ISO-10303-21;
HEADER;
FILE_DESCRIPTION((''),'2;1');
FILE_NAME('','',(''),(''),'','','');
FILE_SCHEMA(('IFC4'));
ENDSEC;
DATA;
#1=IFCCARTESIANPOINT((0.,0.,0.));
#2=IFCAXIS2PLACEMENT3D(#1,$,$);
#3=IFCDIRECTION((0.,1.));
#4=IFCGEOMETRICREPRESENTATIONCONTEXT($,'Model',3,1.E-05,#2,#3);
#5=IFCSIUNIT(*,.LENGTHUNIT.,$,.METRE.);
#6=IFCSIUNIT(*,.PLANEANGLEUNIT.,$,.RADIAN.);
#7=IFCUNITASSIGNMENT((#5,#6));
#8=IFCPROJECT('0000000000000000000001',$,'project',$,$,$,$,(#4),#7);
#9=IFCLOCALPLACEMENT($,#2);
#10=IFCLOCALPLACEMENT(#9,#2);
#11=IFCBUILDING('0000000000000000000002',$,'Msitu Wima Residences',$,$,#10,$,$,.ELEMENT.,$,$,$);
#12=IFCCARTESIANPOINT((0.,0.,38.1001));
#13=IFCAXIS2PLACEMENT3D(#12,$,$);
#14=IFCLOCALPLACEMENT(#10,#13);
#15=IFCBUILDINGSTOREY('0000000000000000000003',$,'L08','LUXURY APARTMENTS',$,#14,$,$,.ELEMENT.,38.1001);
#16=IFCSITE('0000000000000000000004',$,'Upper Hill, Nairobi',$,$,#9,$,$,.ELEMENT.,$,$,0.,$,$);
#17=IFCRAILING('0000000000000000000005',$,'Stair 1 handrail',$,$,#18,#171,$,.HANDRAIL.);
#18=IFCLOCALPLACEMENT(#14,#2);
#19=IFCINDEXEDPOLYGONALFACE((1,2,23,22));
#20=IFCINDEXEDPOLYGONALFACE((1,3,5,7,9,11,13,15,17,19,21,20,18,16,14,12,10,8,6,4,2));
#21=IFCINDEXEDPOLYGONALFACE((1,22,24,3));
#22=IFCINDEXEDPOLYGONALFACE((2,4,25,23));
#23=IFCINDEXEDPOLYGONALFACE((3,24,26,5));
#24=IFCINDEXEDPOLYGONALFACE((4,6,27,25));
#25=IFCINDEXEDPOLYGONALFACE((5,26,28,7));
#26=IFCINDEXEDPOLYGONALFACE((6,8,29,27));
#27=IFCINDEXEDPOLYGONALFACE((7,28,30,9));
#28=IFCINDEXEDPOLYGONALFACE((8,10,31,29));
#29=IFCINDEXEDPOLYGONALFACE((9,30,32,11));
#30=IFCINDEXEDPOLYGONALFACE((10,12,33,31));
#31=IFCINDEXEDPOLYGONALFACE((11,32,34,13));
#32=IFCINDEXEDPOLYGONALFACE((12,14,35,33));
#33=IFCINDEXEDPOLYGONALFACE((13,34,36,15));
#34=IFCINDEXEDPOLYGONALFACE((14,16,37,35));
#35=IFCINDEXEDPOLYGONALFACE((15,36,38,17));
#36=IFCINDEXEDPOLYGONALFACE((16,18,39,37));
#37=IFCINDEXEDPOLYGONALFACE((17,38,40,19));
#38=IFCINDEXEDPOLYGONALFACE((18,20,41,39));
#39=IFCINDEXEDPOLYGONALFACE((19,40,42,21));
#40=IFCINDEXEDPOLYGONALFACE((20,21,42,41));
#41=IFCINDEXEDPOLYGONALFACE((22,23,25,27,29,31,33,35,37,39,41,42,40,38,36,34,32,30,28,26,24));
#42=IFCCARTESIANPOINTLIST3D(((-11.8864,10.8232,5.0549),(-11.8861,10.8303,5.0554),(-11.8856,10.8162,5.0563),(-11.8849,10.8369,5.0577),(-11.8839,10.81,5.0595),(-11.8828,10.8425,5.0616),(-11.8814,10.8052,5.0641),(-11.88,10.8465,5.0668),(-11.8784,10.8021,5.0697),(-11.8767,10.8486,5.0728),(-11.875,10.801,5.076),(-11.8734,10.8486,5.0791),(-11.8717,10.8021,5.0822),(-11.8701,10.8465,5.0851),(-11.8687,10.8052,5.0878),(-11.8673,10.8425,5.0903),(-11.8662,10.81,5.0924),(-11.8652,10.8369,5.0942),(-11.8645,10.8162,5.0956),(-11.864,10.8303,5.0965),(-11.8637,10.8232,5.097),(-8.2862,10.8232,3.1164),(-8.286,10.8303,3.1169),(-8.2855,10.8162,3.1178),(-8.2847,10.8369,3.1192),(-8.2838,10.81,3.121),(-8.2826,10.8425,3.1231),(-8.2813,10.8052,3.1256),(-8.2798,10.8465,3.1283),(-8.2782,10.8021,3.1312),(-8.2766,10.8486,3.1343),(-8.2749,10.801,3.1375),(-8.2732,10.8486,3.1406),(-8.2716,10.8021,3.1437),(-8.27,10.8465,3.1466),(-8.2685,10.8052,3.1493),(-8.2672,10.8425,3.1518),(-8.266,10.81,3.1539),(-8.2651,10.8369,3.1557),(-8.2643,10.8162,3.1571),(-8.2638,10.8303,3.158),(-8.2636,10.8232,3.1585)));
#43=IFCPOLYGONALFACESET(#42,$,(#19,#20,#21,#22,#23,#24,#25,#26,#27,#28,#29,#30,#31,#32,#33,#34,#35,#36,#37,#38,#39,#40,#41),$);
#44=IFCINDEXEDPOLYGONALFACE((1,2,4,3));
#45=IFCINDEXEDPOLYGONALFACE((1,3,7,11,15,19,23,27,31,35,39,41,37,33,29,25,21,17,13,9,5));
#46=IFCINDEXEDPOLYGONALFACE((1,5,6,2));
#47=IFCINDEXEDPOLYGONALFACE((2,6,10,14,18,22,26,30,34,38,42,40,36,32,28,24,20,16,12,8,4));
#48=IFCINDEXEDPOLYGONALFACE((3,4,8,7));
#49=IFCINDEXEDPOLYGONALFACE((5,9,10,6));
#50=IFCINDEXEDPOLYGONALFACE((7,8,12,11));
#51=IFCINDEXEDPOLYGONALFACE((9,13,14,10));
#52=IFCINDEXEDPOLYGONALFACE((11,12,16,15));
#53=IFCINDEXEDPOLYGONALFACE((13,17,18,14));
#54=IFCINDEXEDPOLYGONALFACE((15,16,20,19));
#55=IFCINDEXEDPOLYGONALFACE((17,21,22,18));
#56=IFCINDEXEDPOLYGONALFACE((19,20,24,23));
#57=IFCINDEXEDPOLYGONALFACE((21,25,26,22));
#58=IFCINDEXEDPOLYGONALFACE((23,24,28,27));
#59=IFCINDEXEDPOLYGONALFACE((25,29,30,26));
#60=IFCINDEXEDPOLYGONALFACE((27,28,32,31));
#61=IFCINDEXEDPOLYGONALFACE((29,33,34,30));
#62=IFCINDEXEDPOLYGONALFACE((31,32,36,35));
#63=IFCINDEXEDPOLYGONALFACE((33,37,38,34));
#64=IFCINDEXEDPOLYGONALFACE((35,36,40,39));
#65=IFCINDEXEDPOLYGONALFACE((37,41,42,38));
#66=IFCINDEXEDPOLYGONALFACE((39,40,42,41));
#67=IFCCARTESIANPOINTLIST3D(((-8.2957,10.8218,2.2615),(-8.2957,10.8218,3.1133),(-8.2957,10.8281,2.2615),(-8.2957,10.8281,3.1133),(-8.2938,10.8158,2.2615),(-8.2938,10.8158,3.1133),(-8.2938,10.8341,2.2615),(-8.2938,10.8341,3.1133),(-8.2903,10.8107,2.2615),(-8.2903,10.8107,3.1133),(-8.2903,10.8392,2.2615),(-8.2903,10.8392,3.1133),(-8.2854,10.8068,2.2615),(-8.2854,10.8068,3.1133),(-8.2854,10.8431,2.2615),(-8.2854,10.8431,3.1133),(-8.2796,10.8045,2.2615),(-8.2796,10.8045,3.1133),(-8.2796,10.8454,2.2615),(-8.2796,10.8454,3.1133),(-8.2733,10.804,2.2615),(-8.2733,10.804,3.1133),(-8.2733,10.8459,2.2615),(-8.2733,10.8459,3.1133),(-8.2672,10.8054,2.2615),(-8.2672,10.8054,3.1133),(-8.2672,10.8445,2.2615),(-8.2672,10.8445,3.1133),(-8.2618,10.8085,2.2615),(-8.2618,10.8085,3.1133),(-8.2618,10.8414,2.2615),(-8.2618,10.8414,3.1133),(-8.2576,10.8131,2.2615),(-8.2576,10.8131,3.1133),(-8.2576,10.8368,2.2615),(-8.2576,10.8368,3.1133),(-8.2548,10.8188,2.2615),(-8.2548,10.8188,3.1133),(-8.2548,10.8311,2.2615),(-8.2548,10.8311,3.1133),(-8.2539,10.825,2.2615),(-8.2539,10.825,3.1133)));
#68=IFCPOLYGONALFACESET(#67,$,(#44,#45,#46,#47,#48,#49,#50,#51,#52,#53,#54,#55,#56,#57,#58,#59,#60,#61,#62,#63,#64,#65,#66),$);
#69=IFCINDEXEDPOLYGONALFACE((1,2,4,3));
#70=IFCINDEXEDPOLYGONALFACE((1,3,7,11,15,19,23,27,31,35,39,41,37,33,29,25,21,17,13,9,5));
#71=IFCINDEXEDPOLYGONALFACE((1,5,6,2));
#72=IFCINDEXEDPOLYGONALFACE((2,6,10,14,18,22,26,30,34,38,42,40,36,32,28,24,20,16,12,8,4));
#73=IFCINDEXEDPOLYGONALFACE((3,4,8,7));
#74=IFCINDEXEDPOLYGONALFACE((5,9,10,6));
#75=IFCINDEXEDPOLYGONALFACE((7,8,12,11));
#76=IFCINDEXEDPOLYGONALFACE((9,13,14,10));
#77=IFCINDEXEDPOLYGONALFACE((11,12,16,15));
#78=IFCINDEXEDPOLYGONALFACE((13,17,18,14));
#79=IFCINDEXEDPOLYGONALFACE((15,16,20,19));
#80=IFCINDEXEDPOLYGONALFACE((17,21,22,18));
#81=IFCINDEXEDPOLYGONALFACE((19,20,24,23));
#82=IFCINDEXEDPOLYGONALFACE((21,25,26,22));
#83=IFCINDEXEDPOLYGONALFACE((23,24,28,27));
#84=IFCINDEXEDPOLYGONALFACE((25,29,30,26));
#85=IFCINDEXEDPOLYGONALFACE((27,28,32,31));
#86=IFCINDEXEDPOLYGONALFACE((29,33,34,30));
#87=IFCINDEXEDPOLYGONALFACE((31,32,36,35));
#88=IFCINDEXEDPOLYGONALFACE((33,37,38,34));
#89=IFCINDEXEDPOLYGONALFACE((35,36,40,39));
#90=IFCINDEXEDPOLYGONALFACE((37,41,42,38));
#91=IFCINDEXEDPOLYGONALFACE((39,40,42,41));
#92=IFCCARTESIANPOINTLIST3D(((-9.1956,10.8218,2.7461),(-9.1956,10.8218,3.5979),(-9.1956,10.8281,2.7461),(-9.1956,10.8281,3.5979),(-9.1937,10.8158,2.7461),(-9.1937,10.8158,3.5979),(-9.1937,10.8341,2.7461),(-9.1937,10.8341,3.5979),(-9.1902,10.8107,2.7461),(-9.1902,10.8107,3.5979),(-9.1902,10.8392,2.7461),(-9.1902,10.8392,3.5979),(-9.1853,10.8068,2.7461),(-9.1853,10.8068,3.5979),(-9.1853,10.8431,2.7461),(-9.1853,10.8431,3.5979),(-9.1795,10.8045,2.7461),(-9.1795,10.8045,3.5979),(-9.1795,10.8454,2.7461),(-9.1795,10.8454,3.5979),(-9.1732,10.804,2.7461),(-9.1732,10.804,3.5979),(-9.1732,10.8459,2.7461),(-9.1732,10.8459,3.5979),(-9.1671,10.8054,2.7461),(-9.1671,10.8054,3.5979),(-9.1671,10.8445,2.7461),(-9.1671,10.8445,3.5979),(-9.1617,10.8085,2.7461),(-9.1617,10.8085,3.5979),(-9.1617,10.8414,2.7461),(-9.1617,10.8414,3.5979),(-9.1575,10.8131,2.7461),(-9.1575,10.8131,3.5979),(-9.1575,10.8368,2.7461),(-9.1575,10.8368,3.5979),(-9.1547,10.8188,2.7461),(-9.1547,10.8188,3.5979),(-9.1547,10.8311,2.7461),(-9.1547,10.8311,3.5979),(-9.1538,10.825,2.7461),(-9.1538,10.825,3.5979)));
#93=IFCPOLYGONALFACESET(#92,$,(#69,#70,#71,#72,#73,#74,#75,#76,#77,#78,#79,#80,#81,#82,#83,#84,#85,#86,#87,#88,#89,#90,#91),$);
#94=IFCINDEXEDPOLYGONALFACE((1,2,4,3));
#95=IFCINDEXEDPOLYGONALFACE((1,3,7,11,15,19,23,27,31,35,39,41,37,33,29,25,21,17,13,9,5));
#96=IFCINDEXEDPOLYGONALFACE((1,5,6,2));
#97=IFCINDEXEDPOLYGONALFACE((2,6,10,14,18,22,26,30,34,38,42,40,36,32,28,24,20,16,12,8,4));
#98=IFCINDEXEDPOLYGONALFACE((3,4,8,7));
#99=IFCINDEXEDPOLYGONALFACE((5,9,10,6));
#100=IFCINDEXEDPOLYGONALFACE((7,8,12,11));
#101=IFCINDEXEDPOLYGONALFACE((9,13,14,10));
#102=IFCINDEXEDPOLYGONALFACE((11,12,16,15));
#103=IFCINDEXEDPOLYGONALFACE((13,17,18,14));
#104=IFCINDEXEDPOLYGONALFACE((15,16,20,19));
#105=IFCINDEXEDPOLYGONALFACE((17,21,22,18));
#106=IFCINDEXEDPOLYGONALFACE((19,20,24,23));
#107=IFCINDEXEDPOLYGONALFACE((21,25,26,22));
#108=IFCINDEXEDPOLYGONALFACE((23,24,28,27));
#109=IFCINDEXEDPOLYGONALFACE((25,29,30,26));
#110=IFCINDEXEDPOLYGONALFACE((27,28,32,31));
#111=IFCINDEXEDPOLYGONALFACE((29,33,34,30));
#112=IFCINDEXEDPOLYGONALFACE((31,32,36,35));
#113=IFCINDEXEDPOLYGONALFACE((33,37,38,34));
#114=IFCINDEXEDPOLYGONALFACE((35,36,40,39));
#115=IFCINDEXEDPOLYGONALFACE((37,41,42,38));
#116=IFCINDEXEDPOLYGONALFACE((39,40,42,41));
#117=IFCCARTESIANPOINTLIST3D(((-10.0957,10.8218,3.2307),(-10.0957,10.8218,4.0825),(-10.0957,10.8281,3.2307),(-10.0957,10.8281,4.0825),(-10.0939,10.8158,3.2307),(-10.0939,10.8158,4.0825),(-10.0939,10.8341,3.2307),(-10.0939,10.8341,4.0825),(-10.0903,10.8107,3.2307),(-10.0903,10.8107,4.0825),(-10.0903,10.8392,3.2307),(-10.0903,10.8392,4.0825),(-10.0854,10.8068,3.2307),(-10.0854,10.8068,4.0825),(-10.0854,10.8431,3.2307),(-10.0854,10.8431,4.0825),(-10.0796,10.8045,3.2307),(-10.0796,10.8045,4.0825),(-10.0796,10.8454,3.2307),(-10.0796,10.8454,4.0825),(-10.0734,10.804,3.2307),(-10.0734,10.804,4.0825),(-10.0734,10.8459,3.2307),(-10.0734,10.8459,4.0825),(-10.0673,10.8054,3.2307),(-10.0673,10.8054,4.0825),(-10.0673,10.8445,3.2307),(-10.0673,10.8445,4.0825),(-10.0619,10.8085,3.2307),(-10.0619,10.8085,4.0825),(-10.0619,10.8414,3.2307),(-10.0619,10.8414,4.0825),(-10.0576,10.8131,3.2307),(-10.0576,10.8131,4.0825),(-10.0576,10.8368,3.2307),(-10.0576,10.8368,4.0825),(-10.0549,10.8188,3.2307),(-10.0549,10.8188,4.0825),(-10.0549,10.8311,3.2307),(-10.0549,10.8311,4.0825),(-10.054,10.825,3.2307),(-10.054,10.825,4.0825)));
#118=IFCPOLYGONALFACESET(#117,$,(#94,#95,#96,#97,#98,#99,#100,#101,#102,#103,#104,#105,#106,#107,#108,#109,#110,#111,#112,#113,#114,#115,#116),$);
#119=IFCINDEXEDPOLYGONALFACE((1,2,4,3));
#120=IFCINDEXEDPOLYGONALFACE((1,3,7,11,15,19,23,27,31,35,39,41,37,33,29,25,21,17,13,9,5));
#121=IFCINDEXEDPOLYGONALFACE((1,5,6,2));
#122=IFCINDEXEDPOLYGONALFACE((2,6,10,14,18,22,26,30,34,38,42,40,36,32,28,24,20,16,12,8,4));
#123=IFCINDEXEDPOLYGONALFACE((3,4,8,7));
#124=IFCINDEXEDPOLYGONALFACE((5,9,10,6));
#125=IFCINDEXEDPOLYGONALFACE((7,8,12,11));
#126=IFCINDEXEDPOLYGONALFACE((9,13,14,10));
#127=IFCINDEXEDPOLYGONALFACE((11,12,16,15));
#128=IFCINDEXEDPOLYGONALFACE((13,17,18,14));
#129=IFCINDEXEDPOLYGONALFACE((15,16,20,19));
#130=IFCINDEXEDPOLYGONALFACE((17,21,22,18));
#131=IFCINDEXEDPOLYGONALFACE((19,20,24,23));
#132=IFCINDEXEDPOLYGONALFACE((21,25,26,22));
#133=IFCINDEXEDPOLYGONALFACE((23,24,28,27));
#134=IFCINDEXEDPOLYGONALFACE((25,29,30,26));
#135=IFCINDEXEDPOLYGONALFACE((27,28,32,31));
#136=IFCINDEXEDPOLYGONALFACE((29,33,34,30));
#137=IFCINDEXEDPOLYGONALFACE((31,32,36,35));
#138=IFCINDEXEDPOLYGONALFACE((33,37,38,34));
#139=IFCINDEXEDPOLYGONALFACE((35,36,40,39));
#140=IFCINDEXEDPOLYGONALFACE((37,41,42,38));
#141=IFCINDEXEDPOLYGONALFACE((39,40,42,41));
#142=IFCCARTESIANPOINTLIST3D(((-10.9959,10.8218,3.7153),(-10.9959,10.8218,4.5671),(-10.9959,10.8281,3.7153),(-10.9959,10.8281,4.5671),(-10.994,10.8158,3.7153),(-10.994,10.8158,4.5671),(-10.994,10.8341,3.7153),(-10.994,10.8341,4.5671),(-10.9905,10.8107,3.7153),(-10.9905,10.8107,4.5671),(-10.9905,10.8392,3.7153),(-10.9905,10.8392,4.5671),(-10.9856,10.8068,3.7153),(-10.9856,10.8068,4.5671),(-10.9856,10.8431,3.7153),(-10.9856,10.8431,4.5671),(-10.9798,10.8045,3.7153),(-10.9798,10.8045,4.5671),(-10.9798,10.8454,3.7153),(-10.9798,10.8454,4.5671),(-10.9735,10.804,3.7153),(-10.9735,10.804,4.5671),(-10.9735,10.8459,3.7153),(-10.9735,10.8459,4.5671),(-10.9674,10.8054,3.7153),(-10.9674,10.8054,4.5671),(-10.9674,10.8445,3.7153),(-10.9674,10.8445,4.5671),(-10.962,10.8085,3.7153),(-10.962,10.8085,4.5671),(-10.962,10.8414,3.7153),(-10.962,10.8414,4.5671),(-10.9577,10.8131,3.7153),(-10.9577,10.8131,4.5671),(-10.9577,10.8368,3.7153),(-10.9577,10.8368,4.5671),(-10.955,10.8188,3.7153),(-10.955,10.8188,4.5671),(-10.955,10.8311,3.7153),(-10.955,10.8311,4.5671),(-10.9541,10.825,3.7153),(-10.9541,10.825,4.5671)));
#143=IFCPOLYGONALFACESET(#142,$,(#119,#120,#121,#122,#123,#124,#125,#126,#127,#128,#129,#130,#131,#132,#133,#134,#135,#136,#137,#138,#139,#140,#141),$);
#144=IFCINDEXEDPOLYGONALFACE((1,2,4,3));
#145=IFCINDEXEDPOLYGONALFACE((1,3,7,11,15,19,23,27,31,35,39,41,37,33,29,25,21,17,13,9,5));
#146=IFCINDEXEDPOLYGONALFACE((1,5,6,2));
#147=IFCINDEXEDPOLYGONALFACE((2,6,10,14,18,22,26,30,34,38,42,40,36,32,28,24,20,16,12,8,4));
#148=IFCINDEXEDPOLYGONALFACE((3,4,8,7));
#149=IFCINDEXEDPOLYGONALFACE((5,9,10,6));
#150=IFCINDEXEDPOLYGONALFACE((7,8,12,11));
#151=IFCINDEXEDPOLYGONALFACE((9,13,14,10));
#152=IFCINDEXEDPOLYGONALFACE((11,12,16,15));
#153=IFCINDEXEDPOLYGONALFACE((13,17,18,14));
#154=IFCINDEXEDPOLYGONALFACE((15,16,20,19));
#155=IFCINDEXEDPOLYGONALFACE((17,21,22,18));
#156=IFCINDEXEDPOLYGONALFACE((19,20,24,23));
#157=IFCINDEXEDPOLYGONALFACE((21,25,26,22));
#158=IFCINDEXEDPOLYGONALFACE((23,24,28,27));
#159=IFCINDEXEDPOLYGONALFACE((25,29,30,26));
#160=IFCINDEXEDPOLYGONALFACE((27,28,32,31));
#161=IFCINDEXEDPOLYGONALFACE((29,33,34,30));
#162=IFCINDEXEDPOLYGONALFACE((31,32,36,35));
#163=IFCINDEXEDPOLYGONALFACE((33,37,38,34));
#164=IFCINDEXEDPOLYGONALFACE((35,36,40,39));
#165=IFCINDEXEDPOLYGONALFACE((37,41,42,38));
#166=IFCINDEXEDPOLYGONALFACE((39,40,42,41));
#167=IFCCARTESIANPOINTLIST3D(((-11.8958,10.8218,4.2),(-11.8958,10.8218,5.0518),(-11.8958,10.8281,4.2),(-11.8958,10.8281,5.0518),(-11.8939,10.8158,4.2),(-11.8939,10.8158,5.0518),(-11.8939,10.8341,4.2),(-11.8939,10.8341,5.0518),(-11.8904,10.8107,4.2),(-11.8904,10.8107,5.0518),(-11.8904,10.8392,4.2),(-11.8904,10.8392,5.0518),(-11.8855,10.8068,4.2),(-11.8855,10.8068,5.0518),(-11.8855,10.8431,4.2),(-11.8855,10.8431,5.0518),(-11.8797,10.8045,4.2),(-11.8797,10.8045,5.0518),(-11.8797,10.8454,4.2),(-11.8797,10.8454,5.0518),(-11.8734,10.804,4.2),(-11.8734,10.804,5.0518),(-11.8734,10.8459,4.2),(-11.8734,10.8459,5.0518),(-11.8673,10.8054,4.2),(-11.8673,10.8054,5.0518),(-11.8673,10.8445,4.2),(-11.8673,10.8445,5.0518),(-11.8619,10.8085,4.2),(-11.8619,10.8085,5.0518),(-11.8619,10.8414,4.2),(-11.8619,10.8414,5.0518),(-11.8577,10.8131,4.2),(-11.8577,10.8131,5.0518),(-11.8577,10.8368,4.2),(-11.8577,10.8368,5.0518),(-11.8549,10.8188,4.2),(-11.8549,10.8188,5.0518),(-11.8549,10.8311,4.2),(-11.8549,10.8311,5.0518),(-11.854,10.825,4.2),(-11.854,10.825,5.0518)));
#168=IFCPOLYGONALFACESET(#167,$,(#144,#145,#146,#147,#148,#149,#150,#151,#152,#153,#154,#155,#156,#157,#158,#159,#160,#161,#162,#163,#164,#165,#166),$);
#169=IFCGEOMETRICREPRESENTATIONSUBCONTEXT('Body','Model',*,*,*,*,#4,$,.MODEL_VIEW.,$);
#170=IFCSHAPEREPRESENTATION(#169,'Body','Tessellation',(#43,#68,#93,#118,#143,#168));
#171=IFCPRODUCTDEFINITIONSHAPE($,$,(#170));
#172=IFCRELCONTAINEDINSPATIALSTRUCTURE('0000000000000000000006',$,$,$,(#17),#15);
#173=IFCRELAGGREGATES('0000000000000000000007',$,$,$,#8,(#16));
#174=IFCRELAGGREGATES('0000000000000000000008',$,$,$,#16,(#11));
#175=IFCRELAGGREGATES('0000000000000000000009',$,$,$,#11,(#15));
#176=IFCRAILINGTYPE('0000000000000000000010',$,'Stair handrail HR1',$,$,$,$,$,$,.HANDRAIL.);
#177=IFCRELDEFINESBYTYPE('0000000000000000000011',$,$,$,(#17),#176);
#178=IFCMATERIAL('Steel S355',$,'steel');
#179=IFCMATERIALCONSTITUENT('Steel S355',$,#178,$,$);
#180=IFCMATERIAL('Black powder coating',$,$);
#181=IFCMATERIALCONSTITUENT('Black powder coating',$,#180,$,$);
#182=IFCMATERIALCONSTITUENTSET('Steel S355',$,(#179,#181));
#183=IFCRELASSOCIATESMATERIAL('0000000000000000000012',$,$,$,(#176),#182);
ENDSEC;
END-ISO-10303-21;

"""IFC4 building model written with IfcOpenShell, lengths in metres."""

from ifc_helpers import new_model, si_unit, direction, frame, origin, origin_2d, place, context, subcontext, project, spatial, circle, extrude, material, constituent, constituent_set, type_object, element, save


model = new_model("IFC4")

# Units and contexts
model_context = context("Model", 3, precision=1e-05, world=origin(), true_north=direction((0.0, 1.0)))
body_context = subcontext(model_context, "Body", "Model", "MODEL_VIEW")
ifc_project = project(units=[si_unit("LENGTHUNIT", "METRE"), si_unit("PLANEANGLEUNIT", "RADIAN")], contexts=[model_context])

# Site, building, storey
site_placement = place(None, origin())
site = spatial("IfcSite", under=ifc_project, at=site_placement, Name="Upper Hill, Nairobi", CompositionType="ELEMENT", RefElevation=0.0)
building_placement = place(site_placement, origin())
building = spatial("IfcBuilding", under=site, at=building_placement, Name="Msitu Wima Residences", CompositionType="ELEMENT")
storey_placement = place(building_placement, frame((0.0, 0.0, 38.1001)))
storey = spatial("IfcBuildingStorey", under=building, at=storey_placement, Name="L08", Description="LUXURY APARTMENTS", CompositionType="ELEMENT", Elevation=38.1001)

# Railing
ifc_material_1 = material(Name="Steel S355", Category="steel")
ifc_constituent_1 = constituent(ifc_material_1, Name="Steel S355")
ifc_material_2 = material(Name="Black powder coating")
ifc_constituent_2 = constituent(ifc_material_2, Name="Black powder coating")
ifc_constituent_set = constituent_set(constituents=[ifc_constituent_1, ifc_constituent_2], Name="Steel S355")
railing_type = type_object("IfcRailingType", Name="Stair handrail HR1", PredefinedType="HANDRAIL", material=ifc_constituent_set)
for number, where, name in (
    (1, (-8.2749, 10.825, 2.2615), "Stair 1 handrail"),
):
    element("IfcRailing", number, at=place(storey_placement, frame(where)), inside=storey, type_object=railing_type, Name=name, PredefinedType="HANDRAIL", context=body_context, shape_type="SweptSolid", body=[
        extrude(circle(Radius=0.0239, at=origin_2d()), frame((0.0, 0.0, 0.876), z_axis=(-0.880475, 0.0, 0.474093), x_axis=(0.0, -1.0, 0.0)), (0.0, 0.0, 1.0), 4.0889),
        extrude(circle(Radius=0.021, at=origin_2d()), origin(), (0.0, 0.0, 1.0), 0.8518),
        extrude(circle(Radius=0.021, at=origin_2d()), frame((-0.8999, 0.0, 0.4846)), (0.0, 0.0, 1.0), 0.8518),
        extrude(circle(Radius=0.021, at=origin_2d()), frame((-1.8, 0.0, 0.9692)), (0.0, 0.0, 1.0), 0.8518),
        extrude(circle(Radius=0.021, at=origin_2d()), frame((-2.7002, 0.0, 1.4539)), (0.0, 0.0, 1.0), 0.8518),
        extrude(circle(Radius=0.021, at=origin_2d()), frame((-3.6001, 0.0, 1.9385)), (0.0, 0.0, 1.0), 0.8518),
    ])

save(model, "model.ifc")
